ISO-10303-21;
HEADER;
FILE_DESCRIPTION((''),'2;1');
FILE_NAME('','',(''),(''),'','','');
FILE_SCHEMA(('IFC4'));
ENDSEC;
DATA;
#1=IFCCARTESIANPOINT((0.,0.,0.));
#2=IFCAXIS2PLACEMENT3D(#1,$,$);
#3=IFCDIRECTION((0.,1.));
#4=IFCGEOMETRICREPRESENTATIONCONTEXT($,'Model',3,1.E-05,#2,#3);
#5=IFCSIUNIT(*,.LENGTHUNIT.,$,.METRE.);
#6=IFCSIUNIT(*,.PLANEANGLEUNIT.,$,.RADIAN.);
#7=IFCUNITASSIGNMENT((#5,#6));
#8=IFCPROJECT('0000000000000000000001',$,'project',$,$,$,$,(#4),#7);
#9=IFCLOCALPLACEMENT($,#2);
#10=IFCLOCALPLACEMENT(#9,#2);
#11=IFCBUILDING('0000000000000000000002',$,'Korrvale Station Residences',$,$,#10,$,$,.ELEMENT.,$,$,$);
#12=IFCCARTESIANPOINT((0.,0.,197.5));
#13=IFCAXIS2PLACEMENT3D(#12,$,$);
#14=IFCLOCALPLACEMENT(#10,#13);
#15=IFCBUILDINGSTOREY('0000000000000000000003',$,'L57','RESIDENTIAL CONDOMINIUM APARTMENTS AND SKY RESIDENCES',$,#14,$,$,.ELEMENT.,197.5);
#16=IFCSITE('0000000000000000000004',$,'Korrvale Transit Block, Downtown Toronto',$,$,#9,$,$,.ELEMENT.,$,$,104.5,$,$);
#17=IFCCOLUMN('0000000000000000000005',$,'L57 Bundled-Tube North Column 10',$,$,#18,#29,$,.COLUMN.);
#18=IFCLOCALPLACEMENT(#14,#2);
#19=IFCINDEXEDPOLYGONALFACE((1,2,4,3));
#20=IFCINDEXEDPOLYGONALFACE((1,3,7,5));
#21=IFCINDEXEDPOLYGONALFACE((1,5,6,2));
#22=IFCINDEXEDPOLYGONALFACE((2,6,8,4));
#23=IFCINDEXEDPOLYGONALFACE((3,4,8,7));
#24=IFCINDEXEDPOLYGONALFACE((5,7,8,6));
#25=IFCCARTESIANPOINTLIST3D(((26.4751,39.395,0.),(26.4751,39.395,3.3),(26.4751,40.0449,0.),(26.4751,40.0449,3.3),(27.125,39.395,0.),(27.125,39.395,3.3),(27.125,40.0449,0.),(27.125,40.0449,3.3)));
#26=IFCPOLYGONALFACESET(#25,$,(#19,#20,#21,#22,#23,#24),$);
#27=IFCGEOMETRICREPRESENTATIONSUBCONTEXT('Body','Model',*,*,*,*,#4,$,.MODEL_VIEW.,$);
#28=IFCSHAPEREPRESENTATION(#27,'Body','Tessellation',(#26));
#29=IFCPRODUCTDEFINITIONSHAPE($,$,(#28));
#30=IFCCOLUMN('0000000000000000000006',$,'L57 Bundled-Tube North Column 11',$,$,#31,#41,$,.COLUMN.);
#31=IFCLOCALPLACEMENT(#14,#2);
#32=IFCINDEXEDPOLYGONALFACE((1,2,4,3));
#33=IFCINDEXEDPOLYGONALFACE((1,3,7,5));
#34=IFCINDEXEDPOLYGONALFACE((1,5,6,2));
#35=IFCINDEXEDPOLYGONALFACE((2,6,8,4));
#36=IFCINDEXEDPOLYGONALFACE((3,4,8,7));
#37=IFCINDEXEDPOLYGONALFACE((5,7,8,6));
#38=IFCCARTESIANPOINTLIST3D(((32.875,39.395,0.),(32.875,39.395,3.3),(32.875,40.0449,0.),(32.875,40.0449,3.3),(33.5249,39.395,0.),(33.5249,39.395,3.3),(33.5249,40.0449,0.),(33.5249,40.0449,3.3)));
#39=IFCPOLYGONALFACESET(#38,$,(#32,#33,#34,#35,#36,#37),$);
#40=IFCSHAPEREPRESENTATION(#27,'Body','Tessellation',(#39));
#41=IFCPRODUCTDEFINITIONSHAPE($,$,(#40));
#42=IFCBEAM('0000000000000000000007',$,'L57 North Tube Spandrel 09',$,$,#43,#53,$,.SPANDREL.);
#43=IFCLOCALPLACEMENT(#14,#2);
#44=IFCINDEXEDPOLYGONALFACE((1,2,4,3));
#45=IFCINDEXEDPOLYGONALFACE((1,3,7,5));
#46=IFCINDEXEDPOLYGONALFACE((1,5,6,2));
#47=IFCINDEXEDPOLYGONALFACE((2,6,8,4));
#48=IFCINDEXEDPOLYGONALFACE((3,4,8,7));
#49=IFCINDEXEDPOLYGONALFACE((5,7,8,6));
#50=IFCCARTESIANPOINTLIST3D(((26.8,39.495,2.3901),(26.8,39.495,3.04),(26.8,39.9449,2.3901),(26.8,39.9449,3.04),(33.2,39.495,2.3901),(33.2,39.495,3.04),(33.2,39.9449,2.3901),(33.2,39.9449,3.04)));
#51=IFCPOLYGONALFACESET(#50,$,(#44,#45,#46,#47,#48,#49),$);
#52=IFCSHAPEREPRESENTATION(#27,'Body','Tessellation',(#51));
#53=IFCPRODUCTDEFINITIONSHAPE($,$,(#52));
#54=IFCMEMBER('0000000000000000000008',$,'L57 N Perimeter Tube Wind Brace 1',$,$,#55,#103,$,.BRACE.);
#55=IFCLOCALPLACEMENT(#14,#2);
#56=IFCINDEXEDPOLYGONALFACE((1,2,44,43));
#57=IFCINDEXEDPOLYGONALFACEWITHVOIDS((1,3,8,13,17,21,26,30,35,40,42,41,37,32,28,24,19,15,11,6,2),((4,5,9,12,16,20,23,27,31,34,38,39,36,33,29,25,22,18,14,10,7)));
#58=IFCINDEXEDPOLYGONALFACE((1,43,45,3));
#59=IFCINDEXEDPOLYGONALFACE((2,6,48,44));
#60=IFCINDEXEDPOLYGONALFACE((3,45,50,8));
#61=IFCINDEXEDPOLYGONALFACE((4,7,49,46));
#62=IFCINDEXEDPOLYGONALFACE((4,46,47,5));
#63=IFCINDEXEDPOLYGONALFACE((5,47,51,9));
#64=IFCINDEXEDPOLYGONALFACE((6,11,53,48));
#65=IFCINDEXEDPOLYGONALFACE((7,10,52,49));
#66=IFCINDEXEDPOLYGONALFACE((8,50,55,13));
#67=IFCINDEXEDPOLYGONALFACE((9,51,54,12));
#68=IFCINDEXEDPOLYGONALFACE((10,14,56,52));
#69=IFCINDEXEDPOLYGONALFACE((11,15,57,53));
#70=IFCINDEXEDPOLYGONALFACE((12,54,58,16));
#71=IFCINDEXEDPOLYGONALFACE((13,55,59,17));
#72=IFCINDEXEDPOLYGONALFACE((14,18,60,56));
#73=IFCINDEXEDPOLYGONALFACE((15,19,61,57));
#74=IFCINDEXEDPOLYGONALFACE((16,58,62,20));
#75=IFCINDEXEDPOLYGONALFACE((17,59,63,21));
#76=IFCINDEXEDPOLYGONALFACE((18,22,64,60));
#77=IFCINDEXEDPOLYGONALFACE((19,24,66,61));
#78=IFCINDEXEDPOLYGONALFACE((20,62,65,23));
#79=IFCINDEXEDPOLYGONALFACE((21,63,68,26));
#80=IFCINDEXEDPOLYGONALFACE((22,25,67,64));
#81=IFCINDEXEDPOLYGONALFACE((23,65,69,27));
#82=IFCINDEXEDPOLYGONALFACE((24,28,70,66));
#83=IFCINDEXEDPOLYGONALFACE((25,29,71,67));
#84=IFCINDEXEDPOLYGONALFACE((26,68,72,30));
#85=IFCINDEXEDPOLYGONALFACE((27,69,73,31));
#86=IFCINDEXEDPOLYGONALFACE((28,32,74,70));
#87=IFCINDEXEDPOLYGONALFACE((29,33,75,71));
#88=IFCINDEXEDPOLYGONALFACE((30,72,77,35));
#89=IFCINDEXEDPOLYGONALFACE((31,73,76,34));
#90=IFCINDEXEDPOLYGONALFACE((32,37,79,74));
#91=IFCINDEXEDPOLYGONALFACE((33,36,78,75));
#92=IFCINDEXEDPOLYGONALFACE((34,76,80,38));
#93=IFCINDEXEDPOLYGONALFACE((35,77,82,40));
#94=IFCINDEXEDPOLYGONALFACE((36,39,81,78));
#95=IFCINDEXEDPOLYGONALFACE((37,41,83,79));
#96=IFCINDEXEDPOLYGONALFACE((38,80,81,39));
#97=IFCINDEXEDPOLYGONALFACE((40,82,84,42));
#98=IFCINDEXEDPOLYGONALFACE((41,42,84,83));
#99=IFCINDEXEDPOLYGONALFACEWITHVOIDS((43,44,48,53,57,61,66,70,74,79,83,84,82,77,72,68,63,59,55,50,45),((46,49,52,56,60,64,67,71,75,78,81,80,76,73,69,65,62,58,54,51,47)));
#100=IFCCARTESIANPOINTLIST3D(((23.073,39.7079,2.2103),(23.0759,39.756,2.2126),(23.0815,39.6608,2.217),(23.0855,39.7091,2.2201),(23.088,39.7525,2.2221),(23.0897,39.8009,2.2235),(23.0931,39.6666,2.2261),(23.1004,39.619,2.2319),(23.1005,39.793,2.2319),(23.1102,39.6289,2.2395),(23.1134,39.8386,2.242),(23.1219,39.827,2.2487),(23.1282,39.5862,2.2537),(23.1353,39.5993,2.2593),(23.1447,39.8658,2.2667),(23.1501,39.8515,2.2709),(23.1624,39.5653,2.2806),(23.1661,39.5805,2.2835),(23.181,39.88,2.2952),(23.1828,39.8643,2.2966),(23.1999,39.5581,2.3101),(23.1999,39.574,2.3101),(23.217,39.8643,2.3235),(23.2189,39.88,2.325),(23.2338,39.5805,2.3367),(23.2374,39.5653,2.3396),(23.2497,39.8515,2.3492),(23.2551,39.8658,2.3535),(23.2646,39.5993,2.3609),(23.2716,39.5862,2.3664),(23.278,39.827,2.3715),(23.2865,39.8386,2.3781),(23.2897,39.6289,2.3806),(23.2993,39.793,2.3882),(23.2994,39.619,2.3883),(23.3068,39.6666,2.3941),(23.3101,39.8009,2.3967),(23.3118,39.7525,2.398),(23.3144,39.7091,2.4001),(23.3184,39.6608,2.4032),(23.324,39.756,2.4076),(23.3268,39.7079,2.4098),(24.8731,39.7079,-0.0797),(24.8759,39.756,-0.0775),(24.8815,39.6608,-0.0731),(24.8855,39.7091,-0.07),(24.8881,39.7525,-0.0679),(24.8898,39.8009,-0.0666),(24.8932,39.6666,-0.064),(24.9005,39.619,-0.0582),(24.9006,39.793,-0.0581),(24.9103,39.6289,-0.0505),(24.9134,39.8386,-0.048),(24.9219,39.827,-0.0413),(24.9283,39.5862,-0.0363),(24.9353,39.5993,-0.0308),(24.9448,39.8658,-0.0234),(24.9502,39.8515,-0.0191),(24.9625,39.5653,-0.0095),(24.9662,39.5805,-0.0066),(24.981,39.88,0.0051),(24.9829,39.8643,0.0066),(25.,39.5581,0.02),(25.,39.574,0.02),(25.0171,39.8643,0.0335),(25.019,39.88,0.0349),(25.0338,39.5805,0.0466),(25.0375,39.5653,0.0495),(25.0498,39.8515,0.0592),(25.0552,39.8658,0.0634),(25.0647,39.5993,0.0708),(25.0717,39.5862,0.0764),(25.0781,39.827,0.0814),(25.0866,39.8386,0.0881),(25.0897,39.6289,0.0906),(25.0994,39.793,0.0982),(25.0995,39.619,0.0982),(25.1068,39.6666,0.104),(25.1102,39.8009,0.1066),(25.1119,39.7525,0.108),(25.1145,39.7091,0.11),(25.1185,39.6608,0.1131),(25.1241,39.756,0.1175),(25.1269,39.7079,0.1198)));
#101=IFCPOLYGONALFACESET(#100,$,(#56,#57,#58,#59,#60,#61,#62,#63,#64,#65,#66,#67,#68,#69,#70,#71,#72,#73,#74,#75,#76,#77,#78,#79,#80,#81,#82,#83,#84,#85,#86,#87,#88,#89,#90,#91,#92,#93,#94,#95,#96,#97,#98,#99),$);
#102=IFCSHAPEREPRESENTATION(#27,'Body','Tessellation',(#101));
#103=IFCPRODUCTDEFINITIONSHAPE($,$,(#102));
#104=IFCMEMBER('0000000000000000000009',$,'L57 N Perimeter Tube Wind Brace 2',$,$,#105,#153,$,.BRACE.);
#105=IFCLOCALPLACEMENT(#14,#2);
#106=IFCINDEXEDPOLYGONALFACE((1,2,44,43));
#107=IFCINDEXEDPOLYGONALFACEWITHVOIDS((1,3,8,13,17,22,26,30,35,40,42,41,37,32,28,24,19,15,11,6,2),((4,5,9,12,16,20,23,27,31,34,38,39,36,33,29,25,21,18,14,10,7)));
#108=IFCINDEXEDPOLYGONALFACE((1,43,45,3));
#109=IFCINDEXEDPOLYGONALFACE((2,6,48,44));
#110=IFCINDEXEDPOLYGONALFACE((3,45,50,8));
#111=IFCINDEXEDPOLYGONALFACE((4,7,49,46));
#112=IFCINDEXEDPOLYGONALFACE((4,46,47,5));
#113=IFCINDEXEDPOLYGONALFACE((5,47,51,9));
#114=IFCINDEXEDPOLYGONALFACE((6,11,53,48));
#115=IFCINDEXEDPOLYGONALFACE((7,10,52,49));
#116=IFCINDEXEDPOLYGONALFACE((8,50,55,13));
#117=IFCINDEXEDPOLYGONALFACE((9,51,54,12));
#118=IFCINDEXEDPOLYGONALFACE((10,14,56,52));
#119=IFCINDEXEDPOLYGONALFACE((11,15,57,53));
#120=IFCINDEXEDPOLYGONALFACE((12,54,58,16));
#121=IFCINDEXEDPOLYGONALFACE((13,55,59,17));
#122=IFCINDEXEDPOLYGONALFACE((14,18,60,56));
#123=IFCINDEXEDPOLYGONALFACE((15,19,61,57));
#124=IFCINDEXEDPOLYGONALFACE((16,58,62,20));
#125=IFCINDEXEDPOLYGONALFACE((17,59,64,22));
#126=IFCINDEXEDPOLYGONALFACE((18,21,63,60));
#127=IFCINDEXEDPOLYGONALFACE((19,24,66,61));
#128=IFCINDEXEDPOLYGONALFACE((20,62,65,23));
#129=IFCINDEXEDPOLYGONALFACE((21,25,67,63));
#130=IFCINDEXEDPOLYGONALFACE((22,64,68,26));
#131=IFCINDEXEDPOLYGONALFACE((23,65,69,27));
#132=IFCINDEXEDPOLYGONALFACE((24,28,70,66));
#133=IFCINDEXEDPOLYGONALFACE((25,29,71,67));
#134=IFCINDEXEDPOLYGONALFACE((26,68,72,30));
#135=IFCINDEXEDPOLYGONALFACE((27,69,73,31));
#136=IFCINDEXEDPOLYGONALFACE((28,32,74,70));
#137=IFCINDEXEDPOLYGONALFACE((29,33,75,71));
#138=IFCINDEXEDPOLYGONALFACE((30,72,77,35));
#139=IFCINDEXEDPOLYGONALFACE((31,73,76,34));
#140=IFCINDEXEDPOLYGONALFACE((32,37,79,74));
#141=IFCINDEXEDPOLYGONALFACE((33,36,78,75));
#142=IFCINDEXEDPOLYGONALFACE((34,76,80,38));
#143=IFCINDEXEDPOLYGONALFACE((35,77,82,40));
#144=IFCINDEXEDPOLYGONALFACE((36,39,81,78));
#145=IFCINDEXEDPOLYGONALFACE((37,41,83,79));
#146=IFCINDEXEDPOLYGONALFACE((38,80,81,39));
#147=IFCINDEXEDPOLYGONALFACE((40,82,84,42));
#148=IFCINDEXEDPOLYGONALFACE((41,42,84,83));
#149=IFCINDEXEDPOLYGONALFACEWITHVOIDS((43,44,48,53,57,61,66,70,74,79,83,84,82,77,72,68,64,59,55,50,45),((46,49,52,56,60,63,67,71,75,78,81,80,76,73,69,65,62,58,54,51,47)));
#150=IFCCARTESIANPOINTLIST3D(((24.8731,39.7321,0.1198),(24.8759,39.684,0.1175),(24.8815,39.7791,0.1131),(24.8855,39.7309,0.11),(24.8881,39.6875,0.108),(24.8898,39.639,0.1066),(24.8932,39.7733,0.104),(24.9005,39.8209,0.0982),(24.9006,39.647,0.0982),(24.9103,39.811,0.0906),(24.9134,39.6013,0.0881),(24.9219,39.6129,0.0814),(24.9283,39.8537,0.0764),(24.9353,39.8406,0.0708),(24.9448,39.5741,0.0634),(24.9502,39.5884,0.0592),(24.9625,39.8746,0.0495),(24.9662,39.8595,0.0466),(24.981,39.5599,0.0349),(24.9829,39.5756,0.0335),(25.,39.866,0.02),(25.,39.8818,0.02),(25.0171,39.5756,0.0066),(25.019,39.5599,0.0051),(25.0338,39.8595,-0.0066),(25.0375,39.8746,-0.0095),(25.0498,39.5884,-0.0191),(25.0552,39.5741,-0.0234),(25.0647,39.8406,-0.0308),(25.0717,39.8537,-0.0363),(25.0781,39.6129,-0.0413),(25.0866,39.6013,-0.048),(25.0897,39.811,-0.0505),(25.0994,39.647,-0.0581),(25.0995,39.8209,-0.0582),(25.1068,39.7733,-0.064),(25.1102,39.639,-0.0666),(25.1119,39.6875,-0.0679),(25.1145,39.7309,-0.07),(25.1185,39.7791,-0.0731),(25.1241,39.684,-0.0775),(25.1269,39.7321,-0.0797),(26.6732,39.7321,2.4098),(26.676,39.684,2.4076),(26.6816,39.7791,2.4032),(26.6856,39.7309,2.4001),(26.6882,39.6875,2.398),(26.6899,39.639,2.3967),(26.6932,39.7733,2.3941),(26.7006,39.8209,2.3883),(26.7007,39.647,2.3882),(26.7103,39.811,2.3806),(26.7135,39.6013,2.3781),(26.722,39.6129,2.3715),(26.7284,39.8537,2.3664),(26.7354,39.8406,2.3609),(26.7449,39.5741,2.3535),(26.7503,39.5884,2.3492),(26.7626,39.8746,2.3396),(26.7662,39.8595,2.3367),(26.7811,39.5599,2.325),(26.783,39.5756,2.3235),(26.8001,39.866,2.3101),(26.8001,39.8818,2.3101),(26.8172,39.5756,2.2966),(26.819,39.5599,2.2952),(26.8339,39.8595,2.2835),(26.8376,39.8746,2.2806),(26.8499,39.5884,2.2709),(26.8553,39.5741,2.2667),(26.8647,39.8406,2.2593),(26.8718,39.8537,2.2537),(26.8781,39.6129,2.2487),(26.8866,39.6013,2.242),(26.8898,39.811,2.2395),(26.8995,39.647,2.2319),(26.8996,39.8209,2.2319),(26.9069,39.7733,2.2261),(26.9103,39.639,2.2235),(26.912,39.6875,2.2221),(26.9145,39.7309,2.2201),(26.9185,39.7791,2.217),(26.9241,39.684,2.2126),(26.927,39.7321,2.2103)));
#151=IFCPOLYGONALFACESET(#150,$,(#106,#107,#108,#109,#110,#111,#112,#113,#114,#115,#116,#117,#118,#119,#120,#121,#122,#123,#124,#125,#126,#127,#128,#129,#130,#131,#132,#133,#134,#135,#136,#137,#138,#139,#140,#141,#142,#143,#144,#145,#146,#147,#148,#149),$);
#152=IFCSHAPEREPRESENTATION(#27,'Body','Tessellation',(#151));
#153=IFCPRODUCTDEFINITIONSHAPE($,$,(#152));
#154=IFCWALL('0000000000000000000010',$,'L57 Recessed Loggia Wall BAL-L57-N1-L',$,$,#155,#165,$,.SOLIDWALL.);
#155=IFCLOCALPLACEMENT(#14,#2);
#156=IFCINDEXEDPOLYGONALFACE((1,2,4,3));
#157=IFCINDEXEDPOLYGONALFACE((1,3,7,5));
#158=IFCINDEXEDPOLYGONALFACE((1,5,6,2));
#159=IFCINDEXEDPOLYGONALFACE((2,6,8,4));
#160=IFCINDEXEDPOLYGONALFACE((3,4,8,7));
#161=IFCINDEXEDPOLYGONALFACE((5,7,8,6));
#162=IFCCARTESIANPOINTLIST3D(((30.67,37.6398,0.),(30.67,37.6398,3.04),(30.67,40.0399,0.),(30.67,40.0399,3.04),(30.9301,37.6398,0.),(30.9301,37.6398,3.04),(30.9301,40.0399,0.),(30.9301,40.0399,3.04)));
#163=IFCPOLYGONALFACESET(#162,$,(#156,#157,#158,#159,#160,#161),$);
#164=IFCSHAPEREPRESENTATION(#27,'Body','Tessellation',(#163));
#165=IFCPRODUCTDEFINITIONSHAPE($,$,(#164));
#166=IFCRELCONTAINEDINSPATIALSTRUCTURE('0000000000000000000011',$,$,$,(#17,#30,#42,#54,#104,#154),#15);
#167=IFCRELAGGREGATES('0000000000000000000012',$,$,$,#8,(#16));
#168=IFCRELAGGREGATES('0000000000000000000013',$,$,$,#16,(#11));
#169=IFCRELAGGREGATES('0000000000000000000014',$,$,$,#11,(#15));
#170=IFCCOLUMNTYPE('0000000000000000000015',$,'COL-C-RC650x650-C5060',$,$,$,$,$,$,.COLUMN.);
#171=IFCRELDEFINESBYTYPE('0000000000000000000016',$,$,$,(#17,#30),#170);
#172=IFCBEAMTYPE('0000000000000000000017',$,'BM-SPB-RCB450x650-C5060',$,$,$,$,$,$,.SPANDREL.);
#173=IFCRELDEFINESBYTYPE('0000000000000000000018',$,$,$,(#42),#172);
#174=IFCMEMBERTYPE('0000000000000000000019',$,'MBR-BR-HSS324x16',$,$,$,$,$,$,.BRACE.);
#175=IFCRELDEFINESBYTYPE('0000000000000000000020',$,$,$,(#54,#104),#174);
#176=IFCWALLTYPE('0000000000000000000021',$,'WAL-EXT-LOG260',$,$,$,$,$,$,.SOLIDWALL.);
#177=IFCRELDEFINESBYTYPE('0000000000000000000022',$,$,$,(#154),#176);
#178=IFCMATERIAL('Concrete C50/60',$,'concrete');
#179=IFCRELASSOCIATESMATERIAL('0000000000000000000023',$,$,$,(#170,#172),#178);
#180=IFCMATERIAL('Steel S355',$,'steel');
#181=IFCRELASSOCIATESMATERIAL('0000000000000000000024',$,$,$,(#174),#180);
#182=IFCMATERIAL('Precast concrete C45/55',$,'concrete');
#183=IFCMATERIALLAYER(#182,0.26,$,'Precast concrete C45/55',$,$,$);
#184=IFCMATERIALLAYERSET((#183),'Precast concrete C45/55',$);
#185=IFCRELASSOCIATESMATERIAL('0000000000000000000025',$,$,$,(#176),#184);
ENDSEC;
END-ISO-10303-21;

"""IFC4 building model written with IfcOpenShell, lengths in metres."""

from ifc_helpers import new_model, si_unit, direction, frame, frame_2d, origin, origin_2d, place, context, subcontext, project, spatial, rectangle, hollow_circle, extrude, material, layer, layer_set, material_profile, profile_set, type_object, element, save


model = new_model("IFC4")

# Units and contexts
model_context = context("Model", 3, precision=1e-05, world=origin(), true_north=direction((0.0, 1.0)))
body_context = subcontext(model_context, "Body", "Model", "MODEL_VIEW")
ifc_project = project(units=[si_unit("LENGTHUNIT", "METRE"), si_unit("PLANEANGLEUNIT", "RADIAN")], contexts=[model_context])

# Site, building, storey
site_placement = place(None, origin())
site = spatial("IfcSite", under=ifc_project, at=site_placement, Name="Korrvale Transit Block, Downtown Toronto", CompositionType="ELEMENT", RefElevation=104.5)
building_placement = place(site_placement, origin())
building = spatial("IfcBuilding", under=site, at=building_placement, Name="Korrvale Station Residences", CompositionType="ELEMENT")
storey_placement = place(building_placement, frame((0.0, 0.0, 197.5)))
storey = spatial("IfcBuildingStorey", under=building, at=storey_placement, Name="L57", Description="RESIDENTIAL CONDOMINIUM APARTMENTS AND SKY RESIDENCES", CompositionType="ELEMENT", Elevation=197.5)

# Columns
ifc_material_1 = material(Name="Concrete C50/60", Category="concrete")
ifc_material_profile_1 = material_profile(ifc_material_1, rectangle(XDim=0.6499, YDim=0.6499, at=origin_2d()), Name="RC650x650")
ifc_profile_set_1 = profile_set([ifc_material_profile_1], Name="Concrete C50/60")
column_type = type_object("IfcColumnType", Name="COL-C-RC650x650-C5060", PredefinedType="COLUMN", material=ifc_profile_set_1)
for number, where, z_axis, x_axis, name in (
    (1, (26.8, 39.72, 0.0), (0.0, 0.0, 1.0), (1.0, 0.0, 0.0), "L57 Bundled-Tube North Column 10"),
    (2, (33.2, 39.72, 0.0), (0.0, 0.0, 1.0), (1.0, 0.0, 0.0), "L57 Bundled-Tube North Column 11"),
):
    element("IfcColumn", number, at=place(storey_placement, frame(where, z_axis=z_axis, x_axis=x_axis)), inside=storey, type_object=column_type, Name=name, PredefinedType="COLUMN", context=body_context, shape_type="SweptSolid", body=[
        extrude(rectangle(XDim=0.6499, YDim=0.6499, at=origin_2d()), origin(), (0.0, 0.0, 1.0), 3.3),
    ])

# Beam
ifc_material_profile_2 = material_profile(ifc_material_1, rectangle(XDim=0.45, YDim=0.6499, at=origin_2d()), Name="RCB450x650")
ifc_profile_set_2 = profile_set([ifc_material_profile_2], Name="Concrete C50/60")
beam_type = type_object("IfcBeamType", Name="BM-SPB-RCB450x650-C5060", PredefinedType="SPANDREL", material=ifc_profile_set_2)
beam_placement = place(storey_placement, frame((26.8, 39.72, 2.7151), z_axis=(1.0, 0.0, 0.0), x_axis=(0.0, 1.0, 0.0)))
element("IfcBeam", 3, at=beam_placement, inside=storey, type_object=beam_type, Name="L57 North Tube Spandrel 09", PredefinedType="SPANDREL", context=body_context, shape_type="SweptSolid", body=[
    extrude(rectangle(XDim=0.45, YDim=0.6499, at=origin_2d()), origin(), (0.0, 0.0, 1.0), 6.3999),
])

# Members
ifc_material_2 = material(Name="Steel S355", Category="steel")
ifc_material_profile_3 = material_profile(ifc_material_2, hollow_circle(Radius=0.1619, WallThickness=0.0159, at=origin_2d()), Name="HSS324x16")
ifc_profile_set_3 = profile_set([ifc_material_profile_3], Name="Steel S355")
member_type = type_object("IfcMemberType", Name="MBR-BR-HSS324x16", PredefinedType="BRACE", material=ifc_profile_set_3)
for number, where, z_axis, x_axis, name in (
    (4, (25.0, 39.72, 0.02), (-0.617977, 0.0, 0.786196), (0.0, -1.0, 0.0), "L57 N Perimeter Tube Wind Brace 1"),
    (5, (25.0, 39.72, 0.02), (0.617977, 0.0, 0.786196), (0.0, 1.0, 0.0), "L57 N Perimeter Tube Wind Brace 2"),
):
    element("IfcMember", number, at=place(storey_placement, frame(where, z_axis=z_axis, x_axis=x_axis)), inside=storey, type_object=member_type, Name=name, PredefinedType="BRACE", context=body_context, shape_type="SweptSolid", body=[
        extrude(hollow_circle(Radius=0.1619, WallThickness=0.0159, at=origin_2d()), origin(), (0.0, 0.0, 1.0), 2.9128),
    ])

# Wall
ifc_material_3 = material(Name="Precast concrete C45/55", Category="concrete")
ifc_layer_1 = layer(ifc_material_3, 0.26, Name="Precast concrete C45/55")
ifc_layer_set_1 = layer_set([ifc_layer_1], Name="Precast concrete C45/55")
wall_type_1 = type_object("IfcWallType", Name="WAL-EXT-LOG260", PredefinedType="SOLIDWALL", material=ifc_layer_set_1)
wall_1_placement = place(storey_placement, frame((30.8, 40.04, 0.0), z_axis=(0.0, 0.0, 1.0), x_axis=(0.0, -1.0, 0.0)))
element("IfcWall", 6, at=wall_1_placement, inside=storey, type_object=wall_type_1, Name="L57 Recessed Loggia Wall BAL-L57-N1-L", PredefinedType="SOLIDWALL", context=body_context, shape_type="SweptSolid", body=[
    extrude(rectangle(XDim=2.4001, YDim=0.26, at=frame_2d((1.2002, 0.0))), origin(), (0.0, 0.0, 1.0), 3.04),
])

save(model, "model.ifc")
